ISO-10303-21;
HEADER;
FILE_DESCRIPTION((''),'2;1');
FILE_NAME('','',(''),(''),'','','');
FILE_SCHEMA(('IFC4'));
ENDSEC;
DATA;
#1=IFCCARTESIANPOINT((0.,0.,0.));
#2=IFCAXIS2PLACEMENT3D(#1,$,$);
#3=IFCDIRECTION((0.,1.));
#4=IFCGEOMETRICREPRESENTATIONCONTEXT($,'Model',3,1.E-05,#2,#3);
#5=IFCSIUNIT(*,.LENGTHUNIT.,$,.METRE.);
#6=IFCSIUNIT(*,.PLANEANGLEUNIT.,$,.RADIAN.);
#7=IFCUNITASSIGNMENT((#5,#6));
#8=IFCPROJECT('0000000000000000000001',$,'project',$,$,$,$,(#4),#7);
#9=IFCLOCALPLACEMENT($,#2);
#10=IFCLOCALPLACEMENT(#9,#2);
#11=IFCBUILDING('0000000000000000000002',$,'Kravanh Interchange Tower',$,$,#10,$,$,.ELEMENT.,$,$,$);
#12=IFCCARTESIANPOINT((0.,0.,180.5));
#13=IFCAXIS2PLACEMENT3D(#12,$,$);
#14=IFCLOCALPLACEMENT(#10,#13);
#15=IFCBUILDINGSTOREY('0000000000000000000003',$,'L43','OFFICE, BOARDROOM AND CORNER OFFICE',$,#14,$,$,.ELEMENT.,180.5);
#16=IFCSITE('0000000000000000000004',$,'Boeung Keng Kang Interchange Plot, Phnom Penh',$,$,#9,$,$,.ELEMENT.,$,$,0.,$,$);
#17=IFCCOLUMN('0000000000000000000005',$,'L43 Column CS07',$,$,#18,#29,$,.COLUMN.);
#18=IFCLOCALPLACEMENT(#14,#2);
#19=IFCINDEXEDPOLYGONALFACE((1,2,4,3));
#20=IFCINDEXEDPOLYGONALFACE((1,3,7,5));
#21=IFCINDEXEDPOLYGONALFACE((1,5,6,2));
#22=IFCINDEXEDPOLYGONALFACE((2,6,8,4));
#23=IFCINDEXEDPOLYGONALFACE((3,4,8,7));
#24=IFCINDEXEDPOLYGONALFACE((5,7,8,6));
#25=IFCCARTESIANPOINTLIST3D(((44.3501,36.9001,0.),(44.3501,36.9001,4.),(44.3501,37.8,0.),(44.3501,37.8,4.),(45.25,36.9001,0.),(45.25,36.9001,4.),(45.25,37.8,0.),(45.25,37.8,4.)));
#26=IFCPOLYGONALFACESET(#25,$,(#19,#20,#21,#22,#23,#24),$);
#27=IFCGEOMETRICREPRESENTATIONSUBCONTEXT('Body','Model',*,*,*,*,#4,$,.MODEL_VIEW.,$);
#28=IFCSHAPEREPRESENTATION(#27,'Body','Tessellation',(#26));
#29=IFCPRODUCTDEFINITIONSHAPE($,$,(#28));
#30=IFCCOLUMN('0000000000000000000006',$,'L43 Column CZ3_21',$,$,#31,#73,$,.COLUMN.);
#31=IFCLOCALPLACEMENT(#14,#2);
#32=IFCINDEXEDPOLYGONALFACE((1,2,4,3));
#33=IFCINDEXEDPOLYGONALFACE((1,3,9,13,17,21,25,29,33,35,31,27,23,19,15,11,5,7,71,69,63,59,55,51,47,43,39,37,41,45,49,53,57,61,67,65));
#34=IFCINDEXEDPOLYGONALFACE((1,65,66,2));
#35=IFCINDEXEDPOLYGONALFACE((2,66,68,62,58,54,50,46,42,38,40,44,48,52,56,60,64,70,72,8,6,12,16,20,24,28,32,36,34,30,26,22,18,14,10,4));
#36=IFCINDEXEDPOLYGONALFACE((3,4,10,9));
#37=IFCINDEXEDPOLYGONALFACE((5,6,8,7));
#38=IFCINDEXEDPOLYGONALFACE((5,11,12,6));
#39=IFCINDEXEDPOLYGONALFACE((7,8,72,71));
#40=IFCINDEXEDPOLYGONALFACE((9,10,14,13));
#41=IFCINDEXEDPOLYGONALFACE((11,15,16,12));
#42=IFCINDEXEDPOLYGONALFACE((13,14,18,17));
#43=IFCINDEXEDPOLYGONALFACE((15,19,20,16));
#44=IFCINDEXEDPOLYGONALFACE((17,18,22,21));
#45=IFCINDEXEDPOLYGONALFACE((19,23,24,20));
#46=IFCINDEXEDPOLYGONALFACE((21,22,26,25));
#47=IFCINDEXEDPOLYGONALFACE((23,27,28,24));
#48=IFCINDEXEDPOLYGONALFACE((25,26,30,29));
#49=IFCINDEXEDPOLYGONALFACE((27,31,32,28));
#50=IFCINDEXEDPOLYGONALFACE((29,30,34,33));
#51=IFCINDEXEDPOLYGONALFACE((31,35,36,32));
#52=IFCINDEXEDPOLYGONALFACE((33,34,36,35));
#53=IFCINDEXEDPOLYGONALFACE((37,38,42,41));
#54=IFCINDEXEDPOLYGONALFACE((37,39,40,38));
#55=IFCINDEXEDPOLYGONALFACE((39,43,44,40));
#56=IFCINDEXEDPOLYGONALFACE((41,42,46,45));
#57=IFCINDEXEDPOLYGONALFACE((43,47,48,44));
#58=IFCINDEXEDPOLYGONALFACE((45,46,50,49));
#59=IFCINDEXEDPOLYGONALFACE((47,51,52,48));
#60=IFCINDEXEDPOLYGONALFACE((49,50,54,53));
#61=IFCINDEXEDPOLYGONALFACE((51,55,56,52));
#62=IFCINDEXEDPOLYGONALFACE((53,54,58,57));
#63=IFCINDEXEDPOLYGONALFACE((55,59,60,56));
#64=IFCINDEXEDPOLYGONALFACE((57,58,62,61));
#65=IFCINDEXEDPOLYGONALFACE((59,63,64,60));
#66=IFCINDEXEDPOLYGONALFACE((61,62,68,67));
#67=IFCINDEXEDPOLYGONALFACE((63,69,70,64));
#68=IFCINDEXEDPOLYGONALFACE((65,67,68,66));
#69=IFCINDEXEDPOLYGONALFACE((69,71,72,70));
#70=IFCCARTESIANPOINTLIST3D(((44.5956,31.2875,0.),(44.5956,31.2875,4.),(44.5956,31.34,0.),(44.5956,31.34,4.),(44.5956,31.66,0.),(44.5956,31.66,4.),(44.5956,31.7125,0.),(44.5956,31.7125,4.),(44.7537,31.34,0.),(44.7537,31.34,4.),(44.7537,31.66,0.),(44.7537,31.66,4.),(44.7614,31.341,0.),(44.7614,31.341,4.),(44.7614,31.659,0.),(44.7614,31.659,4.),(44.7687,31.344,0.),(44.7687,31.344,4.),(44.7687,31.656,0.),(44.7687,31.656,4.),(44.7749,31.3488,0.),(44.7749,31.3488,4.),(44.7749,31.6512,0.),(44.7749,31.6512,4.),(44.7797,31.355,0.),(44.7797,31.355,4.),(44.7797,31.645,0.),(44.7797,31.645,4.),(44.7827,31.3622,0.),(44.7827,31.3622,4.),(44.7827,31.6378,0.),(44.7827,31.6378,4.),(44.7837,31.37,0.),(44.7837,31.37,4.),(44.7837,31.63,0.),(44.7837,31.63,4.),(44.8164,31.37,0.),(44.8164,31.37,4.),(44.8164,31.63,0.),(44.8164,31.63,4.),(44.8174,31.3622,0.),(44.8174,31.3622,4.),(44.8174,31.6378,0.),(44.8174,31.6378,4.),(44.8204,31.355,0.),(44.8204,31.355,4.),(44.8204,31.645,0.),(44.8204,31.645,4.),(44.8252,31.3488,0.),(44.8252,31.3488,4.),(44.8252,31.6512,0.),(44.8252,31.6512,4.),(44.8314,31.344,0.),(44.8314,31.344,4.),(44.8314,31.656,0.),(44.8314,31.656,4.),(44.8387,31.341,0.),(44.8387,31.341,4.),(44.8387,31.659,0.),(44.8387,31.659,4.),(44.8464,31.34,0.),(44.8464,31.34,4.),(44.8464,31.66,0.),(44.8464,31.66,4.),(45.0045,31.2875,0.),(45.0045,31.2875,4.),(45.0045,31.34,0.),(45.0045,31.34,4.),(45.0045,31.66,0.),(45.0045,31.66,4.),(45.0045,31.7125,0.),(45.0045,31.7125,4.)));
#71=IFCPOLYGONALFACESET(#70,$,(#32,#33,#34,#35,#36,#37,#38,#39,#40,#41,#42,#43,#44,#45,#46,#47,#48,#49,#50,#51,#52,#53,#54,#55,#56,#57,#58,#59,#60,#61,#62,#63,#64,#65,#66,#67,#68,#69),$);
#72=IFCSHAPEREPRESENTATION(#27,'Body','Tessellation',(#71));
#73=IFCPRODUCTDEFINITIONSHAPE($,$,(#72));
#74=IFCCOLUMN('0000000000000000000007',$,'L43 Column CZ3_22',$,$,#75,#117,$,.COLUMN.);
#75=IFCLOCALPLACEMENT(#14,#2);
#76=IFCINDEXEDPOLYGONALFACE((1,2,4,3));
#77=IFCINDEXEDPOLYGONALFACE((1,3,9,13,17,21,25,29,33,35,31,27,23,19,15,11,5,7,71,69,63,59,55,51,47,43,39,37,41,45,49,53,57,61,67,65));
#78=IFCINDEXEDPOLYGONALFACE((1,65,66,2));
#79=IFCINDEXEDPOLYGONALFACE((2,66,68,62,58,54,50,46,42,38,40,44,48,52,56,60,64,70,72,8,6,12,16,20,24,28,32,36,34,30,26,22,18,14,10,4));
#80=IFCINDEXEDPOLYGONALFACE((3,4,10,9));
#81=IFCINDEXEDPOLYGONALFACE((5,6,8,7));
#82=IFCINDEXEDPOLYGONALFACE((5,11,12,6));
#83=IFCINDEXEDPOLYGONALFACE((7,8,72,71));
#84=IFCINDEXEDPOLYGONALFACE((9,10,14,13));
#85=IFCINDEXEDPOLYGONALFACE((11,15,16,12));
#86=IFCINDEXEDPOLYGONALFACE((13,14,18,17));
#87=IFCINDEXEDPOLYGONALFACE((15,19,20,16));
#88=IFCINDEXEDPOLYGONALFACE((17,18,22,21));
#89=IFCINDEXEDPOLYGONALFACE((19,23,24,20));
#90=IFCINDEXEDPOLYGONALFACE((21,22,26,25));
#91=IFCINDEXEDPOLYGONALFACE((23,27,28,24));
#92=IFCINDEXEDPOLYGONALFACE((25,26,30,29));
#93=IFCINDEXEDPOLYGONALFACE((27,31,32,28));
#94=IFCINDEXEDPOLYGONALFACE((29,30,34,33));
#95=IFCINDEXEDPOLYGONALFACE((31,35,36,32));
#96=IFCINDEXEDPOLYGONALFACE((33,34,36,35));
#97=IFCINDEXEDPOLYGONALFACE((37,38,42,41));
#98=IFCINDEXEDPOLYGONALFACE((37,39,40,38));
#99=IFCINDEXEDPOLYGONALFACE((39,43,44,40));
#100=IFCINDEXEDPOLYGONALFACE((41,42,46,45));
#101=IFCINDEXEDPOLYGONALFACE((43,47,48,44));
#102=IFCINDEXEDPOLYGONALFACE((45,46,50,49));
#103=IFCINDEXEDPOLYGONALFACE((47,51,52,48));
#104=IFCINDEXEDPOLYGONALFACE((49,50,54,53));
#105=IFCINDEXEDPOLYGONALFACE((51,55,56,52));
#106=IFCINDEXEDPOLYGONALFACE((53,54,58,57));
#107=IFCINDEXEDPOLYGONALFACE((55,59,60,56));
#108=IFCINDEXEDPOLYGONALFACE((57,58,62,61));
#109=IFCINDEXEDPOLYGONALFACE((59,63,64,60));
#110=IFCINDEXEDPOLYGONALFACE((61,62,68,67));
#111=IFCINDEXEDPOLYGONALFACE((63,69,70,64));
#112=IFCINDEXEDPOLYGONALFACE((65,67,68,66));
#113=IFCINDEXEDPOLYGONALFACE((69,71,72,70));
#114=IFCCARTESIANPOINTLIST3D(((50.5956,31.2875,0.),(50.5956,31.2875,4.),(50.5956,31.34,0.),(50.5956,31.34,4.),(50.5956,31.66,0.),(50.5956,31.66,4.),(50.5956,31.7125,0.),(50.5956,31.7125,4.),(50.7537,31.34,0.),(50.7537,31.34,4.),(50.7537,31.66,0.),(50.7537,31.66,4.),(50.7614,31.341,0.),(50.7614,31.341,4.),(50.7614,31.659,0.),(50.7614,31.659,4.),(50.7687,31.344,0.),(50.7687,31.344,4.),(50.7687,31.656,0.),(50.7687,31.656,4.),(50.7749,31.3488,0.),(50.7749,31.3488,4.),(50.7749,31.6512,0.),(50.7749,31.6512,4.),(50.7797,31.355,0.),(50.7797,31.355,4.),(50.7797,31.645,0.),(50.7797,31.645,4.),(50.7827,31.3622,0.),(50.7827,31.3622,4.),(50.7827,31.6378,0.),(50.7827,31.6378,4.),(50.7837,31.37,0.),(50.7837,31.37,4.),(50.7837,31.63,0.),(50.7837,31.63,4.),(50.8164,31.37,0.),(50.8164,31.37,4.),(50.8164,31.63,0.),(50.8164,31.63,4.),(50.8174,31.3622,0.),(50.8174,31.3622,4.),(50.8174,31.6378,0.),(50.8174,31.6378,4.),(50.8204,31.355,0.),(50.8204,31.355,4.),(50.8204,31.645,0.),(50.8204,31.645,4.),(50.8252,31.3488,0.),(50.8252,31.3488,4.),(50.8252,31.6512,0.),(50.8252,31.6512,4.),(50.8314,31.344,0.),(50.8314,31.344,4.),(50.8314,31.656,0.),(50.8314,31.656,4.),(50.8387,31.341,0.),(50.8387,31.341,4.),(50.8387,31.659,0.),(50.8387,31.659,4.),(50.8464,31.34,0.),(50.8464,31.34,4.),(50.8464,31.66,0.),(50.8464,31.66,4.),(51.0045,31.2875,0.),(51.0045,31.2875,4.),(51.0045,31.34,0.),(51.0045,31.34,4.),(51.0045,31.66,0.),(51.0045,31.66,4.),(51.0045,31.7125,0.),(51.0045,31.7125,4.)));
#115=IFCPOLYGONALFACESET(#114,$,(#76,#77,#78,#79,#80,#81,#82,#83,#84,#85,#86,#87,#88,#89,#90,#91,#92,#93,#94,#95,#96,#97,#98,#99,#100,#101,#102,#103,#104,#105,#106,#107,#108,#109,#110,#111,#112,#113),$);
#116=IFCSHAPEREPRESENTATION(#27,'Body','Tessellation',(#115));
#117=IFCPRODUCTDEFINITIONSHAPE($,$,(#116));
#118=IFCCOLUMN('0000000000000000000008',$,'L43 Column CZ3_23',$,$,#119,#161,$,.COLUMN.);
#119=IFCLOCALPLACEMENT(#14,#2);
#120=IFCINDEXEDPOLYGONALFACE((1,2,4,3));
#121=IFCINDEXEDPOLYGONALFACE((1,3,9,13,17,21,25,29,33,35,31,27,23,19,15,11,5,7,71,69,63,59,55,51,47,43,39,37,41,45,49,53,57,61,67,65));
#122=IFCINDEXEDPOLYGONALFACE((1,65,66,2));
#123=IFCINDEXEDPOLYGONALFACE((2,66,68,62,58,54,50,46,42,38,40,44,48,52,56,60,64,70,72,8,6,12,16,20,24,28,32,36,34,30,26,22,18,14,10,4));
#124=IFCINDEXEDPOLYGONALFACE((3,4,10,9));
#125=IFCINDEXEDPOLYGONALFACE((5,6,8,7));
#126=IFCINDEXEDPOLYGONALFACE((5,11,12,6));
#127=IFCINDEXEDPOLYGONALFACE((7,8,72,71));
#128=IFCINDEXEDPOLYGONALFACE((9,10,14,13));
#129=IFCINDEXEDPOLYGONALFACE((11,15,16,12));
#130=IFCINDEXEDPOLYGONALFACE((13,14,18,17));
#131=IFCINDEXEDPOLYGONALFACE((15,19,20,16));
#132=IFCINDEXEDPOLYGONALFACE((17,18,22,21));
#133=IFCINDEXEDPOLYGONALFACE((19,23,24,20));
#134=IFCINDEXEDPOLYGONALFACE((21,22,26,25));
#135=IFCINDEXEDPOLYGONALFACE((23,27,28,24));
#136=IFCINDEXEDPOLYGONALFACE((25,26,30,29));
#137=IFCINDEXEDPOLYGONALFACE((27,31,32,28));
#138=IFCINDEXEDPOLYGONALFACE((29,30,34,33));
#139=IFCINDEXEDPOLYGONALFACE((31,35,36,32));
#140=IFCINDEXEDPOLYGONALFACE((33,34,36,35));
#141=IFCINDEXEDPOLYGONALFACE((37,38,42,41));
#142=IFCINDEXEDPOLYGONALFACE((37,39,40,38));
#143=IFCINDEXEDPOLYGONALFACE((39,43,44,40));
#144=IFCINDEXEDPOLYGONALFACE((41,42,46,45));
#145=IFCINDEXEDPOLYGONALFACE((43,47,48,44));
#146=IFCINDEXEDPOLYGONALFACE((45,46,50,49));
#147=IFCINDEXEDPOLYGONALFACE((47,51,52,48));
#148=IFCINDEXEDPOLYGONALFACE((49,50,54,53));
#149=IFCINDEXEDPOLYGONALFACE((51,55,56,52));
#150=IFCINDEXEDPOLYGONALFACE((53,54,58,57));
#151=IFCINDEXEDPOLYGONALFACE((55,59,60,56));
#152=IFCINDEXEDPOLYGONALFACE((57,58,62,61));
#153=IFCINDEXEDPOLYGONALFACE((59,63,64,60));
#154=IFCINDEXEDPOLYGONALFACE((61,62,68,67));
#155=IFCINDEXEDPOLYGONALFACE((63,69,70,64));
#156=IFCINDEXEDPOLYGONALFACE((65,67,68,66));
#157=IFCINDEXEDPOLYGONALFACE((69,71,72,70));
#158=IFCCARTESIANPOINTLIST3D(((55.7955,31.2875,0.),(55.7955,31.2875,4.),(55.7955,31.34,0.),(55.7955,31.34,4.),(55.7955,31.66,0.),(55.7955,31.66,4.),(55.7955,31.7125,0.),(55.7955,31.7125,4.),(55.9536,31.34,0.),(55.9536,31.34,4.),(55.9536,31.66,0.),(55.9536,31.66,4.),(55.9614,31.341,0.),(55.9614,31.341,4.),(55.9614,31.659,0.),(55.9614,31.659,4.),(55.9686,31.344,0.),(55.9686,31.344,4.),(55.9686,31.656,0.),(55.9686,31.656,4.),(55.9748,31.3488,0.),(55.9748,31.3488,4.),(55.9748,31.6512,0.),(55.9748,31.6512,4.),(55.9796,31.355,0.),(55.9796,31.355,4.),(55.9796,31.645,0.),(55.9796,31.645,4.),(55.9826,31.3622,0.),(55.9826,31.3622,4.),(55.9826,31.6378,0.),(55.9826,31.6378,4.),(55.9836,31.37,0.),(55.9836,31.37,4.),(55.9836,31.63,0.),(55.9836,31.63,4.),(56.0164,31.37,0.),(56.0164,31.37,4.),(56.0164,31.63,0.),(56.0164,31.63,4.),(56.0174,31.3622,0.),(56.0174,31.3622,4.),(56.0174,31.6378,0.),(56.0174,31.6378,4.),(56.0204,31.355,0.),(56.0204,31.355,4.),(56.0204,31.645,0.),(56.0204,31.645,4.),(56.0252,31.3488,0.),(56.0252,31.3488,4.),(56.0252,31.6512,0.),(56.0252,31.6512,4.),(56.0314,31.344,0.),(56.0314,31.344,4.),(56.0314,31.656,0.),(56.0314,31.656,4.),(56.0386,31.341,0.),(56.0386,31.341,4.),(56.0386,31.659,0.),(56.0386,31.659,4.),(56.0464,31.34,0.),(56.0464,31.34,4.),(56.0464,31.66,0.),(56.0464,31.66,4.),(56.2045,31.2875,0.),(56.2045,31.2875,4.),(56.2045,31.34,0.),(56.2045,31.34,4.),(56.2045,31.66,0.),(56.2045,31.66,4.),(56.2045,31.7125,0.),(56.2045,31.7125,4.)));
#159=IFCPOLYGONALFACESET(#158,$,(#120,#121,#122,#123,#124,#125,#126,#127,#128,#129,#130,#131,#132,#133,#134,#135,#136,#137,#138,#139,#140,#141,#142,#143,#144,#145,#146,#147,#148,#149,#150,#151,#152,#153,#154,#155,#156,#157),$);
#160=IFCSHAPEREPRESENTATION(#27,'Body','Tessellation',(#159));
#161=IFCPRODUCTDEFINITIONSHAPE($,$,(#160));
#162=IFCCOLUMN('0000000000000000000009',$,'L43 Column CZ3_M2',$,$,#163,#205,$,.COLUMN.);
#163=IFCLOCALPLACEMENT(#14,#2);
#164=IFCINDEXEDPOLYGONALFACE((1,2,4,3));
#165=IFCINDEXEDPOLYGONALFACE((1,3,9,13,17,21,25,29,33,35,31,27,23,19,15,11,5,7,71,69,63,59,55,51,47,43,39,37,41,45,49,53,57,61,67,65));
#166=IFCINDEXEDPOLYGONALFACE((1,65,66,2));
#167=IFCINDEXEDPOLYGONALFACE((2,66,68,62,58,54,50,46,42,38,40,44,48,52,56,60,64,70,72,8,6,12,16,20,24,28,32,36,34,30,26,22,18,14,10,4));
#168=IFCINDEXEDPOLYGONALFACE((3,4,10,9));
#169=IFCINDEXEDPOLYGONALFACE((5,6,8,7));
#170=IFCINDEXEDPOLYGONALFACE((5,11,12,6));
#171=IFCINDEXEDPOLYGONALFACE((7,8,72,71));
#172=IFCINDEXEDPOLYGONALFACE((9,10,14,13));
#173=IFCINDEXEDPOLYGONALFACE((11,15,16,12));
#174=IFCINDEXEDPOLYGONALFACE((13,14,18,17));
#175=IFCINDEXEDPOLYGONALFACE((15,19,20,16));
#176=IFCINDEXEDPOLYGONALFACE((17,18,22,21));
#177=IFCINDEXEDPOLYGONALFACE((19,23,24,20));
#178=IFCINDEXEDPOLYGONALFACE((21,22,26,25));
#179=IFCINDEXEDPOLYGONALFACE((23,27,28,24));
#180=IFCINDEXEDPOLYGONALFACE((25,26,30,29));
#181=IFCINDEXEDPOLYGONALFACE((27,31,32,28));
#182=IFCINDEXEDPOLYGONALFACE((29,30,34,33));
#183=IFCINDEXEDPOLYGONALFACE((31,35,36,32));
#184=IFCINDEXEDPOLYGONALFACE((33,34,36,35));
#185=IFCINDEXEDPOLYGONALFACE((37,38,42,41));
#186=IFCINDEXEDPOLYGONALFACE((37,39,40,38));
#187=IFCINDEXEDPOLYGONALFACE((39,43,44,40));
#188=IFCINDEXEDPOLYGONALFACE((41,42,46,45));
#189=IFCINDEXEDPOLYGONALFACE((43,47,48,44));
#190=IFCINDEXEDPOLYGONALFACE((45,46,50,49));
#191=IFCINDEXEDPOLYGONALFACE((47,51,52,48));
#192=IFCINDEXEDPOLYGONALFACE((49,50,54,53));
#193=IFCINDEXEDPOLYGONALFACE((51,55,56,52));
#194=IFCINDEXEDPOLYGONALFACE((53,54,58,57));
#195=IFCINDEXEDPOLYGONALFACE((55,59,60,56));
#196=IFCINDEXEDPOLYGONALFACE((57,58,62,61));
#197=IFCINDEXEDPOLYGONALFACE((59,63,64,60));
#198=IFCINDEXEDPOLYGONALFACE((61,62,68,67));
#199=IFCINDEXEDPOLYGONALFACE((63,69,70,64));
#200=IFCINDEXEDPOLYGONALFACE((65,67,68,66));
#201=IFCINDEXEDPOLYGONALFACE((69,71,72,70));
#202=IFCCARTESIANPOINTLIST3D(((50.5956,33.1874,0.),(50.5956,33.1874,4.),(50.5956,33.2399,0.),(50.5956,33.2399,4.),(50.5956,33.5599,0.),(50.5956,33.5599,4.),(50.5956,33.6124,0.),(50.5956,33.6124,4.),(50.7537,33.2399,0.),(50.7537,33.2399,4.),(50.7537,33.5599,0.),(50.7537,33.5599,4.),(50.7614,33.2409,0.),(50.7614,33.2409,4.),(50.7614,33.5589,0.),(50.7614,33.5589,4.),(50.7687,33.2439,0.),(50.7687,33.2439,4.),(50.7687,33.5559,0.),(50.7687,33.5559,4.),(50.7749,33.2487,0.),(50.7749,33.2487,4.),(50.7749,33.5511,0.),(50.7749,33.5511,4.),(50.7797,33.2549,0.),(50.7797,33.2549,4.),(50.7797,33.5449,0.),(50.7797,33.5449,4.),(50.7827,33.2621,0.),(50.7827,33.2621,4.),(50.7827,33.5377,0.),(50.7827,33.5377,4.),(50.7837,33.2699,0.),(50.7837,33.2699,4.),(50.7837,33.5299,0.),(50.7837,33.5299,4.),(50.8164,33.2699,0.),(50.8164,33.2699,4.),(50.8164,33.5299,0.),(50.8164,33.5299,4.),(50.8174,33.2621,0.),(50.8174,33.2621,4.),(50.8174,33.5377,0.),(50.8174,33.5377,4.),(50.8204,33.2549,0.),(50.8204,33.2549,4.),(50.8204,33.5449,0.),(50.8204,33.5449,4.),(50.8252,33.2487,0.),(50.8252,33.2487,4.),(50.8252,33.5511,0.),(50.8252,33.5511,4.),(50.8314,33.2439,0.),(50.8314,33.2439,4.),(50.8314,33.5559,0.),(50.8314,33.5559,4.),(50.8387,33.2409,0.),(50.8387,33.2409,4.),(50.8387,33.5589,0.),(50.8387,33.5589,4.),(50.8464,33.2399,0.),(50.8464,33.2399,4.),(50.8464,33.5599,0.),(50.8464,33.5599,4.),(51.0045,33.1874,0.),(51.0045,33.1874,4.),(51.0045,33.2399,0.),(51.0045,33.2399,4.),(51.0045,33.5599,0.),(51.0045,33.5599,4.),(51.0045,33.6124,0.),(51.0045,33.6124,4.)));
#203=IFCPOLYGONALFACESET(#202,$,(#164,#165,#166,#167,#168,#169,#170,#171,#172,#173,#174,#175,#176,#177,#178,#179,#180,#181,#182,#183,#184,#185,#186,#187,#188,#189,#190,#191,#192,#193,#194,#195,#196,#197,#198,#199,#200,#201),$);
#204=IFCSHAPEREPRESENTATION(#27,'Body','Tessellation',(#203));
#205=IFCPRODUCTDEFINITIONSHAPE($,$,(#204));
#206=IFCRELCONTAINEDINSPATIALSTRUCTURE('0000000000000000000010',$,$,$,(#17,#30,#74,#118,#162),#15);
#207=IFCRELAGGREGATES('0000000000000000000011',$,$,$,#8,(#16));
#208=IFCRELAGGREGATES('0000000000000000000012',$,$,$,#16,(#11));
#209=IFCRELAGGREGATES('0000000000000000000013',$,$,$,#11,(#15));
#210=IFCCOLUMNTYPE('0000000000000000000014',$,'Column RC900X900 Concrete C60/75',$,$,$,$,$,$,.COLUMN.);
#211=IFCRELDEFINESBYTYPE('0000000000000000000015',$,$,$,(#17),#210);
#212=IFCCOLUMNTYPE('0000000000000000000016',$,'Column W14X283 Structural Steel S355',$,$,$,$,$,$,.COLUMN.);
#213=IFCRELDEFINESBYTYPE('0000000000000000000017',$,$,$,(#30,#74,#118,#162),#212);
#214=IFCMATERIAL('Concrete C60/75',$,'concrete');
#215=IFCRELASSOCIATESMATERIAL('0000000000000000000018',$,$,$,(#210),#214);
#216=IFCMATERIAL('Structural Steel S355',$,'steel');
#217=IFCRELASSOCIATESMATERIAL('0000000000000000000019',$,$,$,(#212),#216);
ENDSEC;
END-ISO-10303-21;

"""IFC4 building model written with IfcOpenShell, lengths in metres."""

from ifc_helpers import new_model, si_unit, direction, frame, origin, origin_2d, place, context, subcontext, project, spatial, rectangle, i_section, extrude, material, material_profile, profile_set, type_object, element, save


model = new_model("IFC4")

# Units and contexts
model_context = context("Model", 3, precision=1e-05, world=origin(), true_north=direction((0.0, 1.0)))
body_context = subcontext(model_context, "Body", "Model", "MODEL_VIEW")
ifc_project = project(units=[si_unit("LENGTHUNIT", "METRE"), si_unit("PLANEANGLEUNIT", "RADIAN")], contexts=[model_context])

# Site, building, storey
site_placement = place(None, origin())
site = spatial("IfcSite", under=ifc_project, at=site_placement, Name="Boeung Keng Kang Interchange Plot, Phnom Penh", CompositionType="ELEMENT", RefElevation=0.0)
building_placement = place(site_placement, origin())
building = spatial("IfcBuilding", under=site, at=building_placement, Name="Kravanh Interchange Tower", CompositionType="ELEMENT")
storey_placement = place(building_placement, frame((0.0, 0.0, 180.5)))
storey = spatial("IfcBuildingStorey", under=building, at=storey_placement, Name="L43", Description="OFFICE, BOARDROOM AND CORNER OFFICE", CompositionType="ELEMENT", Elevation=180.5)

# Columns
ifc_material_1 = material(Name="Concrete C60/75", Category="concrete")
ifc_material_profile_1 = material_profile(ifc_material_1, rectangle(XDim=0.8999, YDim=0.8999, at=origin_2d()), Name="RC900X900")
ifc_profile_set_1 = profile_set([ifc_material_profile_1], Name="Concrete C60/75")
column_type_1 = type_object("IfcColumnType", Name="Column RC900X900 Concrete C60/75", PredefinedType="COLUMN", material=ifc_profile_set_1)
column_placement = place(storey_placement, frame((44.8, 37.3501, 0.0), z_axis=(0.0, 0.0, 1.0), x_axis=(1.0, 0.0, 0.0)))
element("IfcColumn", 1, at=column_placement, inside=storey, type_object=column_type_1, Name="L43 Column CS07", PredefinedType="COLUMN", context=body_context, shape_type="SweptSolid", body=[
    extrude(rectangle(XDim=0.8999, YDim=0.8999, at=origin_2d()), origin(), (0.0, 0.0, 1.0), 4.0),
])
ifc_material_2 = material(Name="Structural Steel S355", Category="steel")
ifc_material_profile_2 = material_profile(ifc_material_2, i_section(OverallWidth=0.4089, OverallDepth=0.425, WebThickness=0.0327, FlangeThickness=0.0525, FilletRadius=0.03, at=origin_2d()), Name="W14X283")
ifc_profile_set_2 = profile_set([ifc_material_profile_2], Name="Structural Steel S355")
column_type_2 = type_object("IfcColumnType", Name="Column W14X283 Structural Steel S355", PredefinedType="COLUMN", material=ifc_profile_set_2)
for number, where, z_axis, x_axis, name in (
    (2, (44.8, 31.5, 0.0), (0.0, 0.0, 1.0), (1.0, 0.0, 0.0), "L43 Column CZ3_21"),
    (3, (50.8, 31.5, 0.0), (0.0, 0.0, 1.0), (1.0, 0.0, 0.0), "L43 Column CZ3_22"),
    (4, (56.0, 31.5, 0.0), (0.0, 0.0, 1.0), (1.0, 0.0, 0.0), "L43 Column CZ3_23"),
    (5, (50.8, 33.3999, 0.0), (0.0, 0.0, 1.0), (1.0, 0.0, 0.0), "L43 Column CZ3_M2"),
):
    element("IfcColumn", number, at=place(storey_placement, frame(where, z_axis=z_axis, x_axis=x_axis)), inside=storey, type_object=column_type_2, Name=name, PredefinedType="COLUMN", context=body_context, shape_type="SweptSolid", body=[
        extrude(i_section(OverallWidth=0.4089, OverallDepth=0.425, WebThickness=0.0327, FlangeThickness=0.0525, FilletRadius=0.03, at=origin_2d()), origin(), (0.0, 0.0, 1.0), 4.0),
    ])

save(model, "model.ifc")
